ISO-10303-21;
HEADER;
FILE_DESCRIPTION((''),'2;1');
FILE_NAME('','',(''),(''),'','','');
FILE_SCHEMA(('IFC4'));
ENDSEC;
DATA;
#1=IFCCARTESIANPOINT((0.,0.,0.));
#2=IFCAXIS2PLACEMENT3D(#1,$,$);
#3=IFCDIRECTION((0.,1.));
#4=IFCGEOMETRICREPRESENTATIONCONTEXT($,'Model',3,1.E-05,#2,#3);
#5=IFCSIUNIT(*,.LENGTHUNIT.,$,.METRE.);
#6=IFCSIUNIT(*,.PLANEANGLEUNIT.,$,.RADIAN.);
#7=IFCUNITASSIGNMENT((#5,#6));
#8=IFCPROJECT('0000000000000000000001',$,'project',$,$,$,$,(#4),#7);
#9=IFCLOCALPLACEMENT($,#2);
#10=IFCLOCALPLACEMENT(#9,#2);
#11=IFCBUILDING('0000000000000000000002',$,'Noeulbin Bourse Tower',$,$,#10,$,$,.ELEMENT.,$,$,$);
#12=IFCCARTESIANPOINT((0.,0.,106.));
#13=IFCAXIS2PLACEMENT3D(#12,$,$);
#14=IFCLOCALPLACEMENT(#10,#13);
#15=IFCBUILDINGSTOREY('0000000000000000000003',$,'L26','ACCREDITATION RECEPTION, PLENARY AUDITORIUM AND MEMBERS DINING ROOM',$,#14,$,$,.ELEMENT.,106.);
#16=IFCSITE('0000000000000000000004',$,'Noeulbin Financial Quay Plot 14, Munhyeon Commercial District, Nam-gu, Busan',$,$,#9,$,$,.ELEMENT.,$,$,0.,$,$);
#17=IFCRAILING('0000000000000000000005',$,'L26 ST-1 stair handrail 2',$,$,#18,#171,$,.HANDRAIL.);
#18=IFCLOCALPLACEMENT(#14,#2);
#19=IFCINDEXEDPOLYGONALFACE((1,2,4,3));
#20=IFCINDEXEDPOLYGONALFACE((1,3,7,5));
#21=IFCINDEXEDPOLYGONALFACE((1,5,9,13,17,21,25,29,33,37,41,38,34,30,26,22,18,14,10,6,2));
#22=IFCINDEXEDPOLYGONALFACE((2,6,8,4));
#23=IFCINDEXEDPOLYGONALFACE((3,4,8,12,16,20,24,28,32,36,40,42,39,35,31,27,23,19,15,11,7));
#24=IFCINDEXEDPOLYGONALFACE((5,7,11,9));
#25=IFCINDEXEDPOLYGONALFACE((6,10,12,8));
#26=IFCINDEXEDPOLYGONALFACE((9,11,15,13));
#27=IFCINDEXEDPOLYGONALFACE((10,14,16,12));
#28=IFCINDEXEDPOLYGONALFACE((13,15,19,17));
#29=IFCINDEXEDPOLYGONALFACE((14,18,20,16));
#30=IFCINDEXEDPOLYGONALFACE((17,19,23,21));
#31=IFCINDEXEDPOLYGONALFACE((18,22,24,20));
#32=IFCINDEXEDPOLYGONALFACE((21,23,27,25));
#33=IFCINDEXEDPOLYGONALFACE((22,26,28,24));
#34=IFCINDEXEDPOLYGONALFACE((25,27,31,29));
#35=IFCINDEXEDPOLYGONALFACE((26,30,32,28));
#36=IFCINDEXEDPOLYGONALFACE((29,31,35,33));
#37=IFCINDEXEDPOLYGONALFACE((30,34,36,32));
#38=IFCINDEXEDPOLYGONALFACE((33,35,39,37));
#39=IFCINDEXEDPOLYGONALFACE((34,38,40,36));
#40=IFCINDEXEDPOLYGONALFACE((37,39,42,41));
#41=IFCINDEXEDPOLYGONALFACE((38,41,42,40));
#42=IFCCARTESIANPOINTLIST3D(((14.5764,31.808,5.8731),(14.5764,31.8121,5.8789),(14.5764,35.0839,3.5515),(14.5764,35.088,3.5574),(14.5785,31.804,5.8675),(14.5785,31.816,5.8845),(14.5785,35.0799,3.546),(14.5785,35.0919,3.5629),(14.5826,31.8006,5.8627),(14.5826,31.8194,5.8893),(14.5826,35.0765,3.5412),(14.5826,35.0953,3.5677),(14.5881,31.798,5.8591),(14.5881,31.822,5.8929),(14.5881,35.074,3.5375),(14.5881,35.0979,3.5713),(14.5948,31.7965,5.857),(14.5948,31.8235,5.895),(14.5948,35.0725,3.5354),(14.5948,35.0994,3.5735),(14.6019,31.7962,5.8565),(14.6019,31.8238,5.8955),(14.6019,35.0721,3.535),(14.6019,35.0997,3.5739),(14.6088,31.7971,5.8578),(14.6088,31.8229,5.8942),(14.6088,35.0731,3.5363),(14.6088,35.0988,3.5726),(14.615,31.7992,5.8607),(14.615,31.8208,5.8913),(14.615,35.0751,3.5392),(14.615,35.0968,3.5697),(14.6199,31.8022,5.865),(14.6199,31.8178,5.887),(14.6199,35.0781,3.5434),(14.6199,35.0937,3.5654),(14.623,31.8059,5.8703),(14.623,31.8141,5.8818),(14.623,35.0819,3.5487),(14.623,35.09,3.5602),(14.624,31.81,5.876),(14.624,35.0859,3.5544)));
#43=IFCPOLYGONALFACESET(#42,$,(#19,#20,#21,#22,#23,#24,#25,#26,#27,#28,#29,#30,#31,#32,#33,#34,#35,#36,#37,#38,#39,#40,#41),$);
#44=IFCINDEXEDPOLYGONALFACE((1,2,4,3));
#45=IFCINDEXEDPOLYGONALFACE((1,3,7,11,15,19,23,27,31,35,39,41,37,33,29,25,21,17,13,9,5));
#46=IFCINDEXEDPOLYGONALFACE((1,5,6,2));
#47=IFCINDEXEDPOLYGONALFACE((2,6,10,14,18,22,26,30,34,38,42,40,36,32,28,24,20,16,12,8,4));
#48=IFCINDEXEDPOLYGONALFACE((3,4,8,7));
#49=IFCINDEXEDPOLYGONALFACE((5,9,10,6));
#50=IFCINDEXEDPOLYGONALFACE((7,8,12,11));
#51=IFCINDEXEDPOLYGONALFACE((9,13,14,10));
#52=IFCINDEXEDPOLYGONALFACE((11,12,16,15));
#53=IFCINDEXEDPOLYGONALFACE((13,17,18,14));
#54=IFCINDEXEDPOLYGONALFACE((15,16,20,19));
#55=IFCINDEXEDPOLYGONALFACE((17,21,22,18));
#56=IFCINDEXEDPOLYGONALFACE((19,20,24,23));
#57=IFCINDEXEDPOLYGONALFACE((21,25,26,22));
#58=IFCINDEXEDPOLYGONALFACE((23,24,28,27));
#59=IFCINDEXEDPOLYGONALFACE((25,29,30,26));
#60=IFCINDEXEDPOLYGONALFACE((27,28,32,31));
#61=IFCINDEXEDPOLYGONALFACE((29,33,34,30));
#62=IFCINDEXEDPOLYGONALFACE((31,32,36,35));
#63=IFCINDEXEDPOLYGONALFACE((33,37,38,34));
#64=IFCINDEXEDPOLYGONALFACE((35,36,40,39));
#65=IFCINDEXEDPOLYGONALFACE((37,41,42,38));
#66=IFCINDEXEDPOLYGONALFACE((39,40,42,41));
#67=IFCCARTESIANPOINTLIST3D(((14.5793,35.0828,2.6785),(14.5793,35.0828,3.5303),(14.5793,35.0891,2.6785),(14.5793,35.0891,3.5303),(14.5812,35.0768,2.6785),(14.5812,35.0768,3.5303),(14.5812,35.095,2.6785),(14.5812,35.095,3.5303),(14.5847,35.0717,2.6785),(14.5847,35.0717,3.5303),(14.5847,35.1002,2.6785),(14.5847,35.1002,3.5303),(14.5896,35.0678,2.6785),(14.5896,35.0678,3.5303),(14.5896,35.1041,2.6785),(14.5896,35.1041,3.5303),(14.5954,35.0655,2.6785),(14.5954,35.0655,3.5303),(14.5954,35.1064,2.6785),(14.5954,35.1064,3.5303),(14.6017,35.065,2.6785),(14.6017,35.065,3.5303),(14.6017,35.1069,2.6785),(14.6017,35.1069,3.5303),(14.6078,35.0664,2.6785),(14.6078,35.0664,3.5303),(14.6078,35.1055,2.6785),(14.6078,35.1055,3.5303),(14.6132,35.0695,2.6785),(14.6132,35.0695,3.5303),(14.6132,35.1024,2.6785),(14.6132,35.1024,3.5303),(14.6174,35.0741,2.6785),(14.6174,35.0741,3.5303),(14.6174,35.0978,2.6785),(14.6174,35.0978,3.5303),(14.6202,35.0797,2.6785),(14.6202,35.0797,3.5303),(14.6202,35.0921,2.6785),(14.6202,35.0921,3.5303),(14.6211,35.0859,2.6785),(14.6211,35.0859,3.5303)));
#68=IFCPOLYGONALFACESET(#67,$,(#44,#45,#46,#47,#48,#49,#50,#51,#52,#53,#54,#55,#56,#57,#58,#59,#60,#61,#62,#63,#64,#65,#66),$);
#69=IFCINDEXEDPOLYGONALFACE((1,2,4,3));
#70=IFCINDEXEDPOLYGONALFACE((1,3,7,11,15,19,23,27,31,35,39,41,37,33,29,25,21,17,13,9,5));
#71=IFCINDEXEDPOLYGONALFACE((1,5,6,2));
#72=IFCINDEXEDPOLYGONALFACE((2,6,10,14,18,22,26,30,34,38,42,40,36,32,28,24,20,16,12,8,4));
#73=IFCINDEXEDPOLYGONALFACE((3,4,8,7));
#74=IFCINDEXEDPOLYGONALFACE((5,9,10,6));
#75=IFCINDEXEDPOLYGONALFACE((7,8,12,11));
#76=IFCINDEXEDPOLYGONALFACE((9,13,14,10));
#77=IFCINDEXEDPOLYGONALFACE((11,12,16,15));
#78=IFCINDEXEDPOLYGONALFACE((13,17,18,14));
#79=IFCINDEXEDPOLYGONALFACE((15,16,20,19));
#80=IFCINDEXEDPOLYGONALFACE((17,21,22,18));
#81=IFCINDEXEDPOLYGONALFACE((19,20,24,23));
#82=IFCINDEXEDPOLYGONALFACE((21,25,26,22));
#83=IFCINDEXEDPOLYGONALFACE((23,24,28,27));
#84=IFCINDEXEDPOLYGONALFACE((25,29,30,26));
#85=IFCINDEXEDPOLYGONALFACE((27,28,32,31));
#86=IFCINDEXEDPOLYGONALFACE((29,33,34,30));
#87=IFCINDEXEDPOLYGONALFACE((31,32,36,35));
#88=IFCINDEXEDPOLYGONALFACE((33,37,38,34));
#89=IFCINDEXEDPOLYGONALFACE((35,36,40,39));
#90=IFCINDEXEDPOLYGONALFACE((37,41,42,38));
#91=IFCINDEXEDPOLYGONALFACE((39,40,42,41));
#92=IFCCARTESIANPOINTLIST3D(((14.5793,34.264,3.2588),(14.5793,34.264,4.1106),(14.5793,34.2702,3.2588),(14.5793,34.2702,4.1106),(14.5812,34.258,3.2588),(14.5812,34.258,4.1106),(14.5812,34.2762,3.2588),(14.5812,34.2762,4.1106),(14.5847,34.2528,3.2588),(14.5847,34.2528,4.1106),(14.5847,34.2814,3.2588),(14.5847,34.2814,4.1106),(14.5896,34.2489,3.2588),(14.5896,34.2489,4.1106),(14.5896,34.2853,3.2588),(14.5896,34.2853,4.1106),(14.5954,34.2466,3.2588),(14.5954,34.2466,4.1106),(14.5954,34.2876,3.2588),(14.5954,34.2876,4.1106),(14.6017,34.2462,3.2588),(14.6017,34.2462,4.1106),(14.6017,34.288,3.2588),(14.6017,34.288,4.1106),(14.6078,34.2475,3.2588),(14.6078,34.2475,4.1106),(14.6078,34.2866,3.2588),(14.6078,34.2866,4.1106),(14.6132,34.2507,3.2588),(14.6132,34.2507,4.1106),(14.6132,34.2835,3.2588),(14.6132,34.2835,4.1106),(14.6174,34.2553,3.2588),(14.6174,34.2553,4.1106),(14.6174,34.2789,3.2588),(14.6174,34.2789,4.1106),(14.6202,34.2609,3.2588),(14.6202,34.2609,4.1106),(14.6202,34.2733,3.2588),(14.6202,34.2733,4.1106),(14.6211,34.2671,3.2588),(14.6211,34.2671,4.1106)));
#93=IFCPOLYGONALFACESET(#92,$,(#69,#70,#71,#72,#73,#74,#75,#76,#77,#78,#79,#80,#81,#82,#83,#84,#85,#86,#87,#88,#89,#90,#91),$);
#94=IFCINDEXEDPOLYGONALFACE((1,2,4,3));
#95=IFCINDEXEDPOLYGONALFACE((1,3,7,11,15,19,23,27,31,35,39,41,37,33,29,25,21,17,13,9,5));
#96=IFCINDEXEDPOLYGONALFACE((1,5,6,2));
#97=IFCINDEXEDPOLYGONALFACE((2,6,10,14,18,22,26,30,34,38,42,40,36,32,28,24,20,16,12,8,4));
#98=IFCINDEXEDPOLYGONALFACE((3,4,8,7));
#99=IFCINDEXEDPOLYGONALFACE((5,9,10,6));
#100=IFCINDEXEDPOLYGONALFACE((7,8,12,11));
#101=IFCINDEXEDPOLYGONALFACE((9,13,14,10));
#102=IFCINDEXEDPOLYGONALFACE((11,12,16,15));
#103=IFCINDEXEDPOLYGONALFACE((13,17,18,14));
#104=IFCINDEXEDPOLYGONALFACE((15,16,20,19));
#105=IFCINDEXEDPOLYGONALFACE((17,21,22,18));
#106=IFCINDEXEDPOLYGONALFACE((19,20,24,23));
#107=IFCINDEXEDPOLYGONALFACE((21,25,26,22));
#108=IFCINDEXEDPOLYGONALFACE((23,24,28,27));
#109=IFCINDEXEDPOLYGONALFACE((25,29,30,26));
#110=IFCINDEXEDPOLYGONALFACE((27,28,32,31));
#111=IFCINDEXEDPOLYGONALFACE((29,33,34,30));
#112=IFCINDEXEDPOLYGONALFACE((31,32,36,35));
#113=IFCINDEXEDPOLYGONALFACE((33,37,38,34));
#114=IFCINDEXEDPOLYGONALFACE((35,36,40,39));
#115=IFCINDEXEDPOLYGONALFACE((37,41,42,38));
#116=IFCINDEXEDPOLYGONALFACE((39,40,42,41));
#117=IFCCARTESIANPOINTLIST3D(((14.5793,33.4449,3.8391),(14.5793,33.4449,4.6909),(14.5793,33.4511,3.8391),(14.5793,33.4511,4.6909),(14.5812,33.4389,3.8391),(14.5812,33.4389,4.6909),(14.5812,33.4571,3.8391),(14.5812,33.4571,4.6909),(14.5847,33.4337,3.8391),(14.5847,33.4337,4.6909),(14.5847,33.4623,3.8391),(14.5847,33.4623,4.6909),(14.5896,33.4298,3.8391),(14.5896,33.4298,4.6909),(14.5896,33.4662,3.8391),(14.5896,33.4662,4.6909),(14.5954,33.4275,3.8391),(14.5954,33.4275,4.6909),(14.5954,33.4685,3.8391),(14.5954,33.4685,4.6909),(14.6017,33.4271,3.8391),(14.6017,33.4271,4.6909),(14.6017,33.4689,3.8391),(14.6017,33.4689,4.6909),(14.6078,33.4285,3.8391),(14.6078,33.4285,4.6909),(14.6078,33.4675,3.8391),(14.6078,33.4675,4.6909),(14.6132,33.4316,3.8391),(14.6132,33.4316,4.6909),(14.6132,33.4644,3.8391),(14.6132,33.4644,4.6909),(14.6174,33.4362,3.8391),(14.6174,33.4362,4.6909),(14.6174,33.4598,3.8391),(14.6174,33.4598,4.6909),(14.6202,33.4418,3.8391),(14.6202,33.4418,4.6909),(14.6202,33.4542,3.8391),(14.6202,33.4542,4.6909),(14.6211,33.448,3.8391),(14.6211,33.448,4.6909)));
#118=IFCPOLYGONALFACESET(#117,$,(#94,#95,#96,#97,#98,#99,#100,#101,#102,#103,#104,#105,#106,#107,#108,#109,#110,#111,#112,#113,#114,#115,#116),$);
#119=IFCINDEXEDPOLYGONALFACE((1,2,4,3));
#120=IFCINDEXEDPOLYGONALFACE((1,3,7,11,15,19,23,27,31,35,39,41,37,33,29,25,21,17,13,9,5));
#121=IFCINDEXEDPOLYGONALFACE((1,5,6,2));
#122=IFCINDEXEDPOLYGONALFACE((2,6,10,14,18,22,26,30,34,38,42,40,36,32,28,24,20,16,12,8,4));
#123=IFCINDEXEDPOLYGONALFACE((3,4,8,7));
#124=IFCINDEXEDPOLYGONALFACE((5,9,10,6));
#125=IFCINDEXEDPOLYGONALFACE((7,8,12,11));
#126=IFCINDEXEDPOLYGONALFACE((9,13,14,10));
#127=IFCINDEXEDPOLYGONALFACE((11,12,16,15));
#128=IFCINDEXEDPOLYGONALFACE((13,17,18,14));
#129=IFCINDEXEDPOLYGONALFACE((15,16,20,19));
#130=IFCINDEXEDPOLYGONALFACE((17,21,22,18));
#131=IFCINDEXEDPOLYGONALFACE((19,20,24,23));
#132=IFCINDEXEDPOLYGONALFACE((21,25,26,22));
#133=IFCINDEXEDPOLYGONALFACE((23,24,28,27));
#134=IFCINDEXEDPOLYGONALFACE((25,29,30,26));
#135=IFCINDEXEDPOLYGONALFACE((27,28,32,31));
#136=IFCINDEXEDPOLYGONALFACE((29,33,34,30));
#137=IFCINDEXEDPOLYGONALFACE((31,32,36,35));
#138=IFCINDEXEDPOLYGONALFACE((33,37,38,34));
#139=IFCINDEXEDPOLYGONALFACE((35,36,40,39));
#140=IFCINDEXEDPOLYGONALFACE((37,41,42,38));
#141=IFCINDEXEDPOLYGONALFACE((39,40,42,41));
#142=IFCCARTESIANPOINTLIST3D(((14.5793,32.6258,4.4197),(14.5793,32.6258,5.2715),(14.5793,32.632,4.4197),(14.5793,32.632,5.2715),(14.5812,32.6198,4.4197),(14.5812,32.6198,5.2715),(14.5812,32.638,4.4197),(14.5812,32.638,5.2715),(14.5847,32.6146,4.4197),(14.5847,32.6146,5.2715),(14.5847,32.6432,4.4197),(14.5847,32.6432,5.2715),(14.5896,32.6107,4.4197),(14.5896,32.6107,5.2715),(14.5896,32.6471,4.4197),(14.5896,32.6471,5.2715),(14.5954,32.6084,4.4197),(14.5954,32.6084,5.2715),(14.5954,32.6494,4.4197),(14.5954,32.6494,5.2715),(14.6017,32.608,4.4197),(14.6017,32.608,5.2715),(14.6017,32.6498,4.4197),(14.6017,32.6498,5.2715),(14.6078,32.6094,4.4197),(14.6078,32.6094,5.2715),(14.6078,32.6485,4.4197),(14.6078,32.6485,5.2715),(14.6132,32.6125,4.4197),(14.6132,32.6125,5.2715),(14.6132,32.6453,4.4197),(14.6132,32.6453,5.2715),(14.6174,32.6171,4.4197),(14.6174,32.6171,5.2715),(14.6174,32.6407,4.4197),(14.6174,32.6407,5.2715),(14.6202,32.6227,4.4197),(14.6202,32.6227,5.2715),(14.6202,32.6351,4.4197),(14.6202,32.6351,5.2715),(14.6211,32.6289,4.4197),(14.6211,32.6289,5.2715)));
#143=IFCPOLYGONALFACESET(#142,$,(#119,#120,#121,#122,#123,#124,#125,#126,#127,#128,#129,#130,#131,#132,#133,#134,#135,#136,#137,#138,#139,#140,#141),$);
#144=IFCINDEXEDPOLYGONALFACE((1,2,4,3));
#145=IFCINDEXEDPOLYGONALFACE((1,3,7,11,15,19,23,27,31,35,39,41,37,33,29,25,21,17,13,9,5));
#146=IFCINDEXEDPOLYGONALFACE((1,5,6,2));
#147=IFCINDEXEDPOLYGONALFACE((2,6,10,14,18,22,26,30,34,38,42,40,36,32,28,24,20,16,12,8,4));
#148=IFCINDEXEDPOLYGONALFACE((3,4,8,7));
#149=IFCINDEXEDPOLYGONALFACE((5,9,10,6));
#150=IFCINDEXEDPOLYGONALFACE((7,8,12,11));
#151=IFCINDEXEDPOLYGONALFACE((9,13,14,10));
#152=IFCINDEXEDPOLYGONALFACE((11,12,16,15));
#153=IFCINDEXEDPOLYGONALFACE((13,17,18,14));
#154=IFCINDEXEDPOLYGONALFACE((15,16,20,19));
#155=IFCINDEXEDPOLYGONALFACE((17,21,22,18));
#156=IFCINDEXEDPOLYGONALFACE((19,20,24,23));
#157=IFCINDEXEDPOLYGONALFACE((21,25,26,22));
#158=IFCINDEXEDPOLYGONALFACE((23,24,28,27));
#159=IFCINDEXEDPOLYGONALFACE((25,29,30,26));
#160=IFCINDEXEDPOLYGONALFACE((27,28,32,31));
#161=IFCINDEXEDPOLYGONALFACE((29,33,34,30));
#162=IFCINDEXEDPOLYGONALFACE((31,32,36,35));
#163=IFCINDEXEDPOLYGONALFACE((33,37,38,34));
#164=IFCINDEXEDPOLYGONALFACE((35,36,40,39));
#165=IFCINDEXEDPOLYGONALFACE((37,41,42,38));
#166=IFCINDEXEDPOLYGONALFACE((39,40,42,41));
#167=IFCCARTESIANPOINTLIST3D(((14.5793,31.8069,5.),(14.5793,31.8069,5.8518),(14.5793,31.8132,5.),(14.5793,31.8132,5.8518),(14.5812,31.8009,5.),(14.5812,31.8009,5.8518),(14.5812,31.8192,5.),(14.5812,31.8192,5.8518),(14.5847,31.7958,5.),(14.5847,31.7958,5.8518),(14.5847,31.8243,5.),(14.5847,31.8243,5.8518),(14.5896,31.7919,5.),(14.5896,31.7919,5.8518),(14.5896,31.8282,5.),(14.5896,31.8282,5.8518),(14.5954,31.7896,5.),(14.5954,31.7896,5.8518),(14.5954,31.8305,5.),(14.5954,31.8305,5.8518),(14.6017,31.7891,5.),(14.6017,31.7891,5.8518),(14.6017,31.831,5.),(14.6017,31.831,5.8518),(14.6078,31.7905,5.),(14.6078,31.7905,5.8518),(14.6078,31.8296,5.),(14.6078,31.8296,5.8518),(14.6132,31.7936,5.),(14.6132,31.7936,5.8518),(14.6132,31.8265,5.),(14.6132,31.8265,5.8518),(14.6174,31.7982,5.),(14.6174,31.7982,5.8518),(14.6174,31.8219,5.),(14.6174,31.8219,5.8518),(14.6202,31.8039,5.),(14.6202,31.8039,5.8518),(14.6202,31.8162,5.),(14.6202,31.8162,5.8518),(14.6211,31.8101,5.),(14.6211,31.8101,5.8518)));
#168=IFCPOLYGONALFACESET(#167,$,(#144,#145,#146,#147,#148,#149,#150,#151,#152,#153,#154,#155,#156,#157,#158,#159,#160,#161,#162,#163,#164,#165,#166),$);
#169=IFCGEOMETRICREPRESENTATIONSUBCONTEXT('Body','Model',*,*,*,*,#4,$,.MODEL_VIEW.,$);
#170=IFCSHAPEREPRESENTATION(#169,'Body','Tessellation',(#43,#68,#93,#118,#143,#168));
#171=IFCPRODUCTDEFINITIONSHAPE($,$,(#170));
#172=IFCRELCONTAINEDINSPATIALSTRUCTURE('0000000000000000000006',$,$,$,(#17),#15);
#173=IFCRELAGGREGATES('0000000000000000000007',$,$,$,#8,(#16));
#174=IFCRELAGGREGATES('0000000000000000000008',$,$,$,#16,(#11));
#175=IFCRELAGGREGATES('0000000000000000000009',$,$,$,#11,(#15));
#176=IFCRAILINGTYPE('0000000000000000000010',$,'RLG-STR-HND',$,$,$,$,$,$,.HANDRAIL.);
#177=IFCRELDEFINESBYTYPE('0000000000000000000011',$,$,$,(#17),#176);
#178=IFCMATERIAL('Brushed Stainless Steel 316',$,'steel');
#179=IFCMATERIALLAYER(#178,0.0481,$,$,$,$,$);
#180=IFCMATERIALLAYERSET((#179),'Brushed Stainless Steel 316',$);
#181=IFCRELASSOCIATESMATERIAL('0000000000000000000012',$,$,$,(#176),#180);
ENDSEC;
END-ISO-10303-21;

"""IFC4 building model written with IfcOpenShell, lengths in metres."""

from ifc_helpers import new_model, si_unit, direction, frame, origin, origin_2d, place, context, subcontext, project, spatial, circle, extrude, material, layer, layer_set, type_object, element, save


model = new_model("IFC4")

# Units and contexts
model_context = context("Model", 3, precision=1e-05, world=origin(), true_north=direction((0.0, 1.0)))
body_context = subcontext(model_context, "Body", "Model", "MODEL_VIEW")
ifc_project = project(units=[si_unit("LENGTHUNIT", "METRE"), si_unit("PLANEANGLEUNIT", "RADIAN")], contexts=[model_context])

# Site, building, storey
site_placement = place(None, origin())
site = spatial("IfcSite", under=ifc_project, at=site_placement, Name="Noeulbin Financial Quay Plot 14, Munhyeon Commercial District, Nam-gu, Busan", CompositionType="ELEMENT", RefElevation=0.0)
building_placement = place(site_placement, origin())
building = spatial("IfcBuilding", under=site, at=building_placement, Name="Noeulbin Bourse Tower", CompositionType="ELEMENT")
storey_placement = place(building_placement, frame((0.0, 0.0, 106.0)))
storey = spatial("IfcBuildingStorey", under=building, at=storey_placement, Name="L26", Description="ACCREDITATION RECEPTION, PLENARY AUDITORIUM AND MEMBERS DINING ROOM", CompositionType="ELEMENT", Elevation=106.0)

# Shared definitions
ifc_material_1 = material(Name="Brushed Stainless Steel 316", Category="steel")

# Railing
ifc_layer_1 = layer(ifc_material_1, 0.0481)
ifc_layer_set_1 = layer_set([ifc_layer_1], Name="Brushed Stainless Steel 316")
railing_type_1 = type_object("IfcRailingType", Name="RLG-STR-HND", PredefinedType="HANDRAIL", material=ifc_layer_set_1)
railing_1_placement = place(storey_placement, frame((14.6001, 35.0859, 2.6785)))
element("IfcRailing", 1, at=railing_1_placement, inside=storey, type_object=railing_type_1, Name="L26 ST-1 stair handrail 2", PredefinedType="HANDRAIL", context=body_context, shape_type="SweptSolid", body=[
    extrude(circle(Radius=0.0239, at=origin_2d()), frame((0.0, 0.0, 0.876), z_axis=(0.0, -0.815893, 0.578203), x_axis=(1.0, 0.0, 0.0)), (0.0, 0.0, 1.0), 4.0151),
    extrude(circle(Radius=0.021, at=origin_2d()), origin(), (0.0, 0.0, 1.0), 0.8518),
    extrude(circle(Radius=0.021, at=origin_2d()), frame((0.0, -0.8188, 0.5803)), (0.0, 0.0, 1.0), 0.8518),
    extrude(circle(Radius=0.021, at=origin_2d()), frame((0.0, -1.6379, 1.1606)), (0.0, 0.0, 1.0), 0.8518),
    extrude(circle(Radius=0.021, at=origin_2d()), frame((0.0, -2.457, 1.7412)), (0.0, 0.0, 1.0), 0.8518),
    extrude(circle(Radius=0.021, at=origin_2d()), frame((0.0, -3.2759, 2.3215)), (0.0, 0.0, 1.0), 0.8518),
])

save(model, "model.ifc")
